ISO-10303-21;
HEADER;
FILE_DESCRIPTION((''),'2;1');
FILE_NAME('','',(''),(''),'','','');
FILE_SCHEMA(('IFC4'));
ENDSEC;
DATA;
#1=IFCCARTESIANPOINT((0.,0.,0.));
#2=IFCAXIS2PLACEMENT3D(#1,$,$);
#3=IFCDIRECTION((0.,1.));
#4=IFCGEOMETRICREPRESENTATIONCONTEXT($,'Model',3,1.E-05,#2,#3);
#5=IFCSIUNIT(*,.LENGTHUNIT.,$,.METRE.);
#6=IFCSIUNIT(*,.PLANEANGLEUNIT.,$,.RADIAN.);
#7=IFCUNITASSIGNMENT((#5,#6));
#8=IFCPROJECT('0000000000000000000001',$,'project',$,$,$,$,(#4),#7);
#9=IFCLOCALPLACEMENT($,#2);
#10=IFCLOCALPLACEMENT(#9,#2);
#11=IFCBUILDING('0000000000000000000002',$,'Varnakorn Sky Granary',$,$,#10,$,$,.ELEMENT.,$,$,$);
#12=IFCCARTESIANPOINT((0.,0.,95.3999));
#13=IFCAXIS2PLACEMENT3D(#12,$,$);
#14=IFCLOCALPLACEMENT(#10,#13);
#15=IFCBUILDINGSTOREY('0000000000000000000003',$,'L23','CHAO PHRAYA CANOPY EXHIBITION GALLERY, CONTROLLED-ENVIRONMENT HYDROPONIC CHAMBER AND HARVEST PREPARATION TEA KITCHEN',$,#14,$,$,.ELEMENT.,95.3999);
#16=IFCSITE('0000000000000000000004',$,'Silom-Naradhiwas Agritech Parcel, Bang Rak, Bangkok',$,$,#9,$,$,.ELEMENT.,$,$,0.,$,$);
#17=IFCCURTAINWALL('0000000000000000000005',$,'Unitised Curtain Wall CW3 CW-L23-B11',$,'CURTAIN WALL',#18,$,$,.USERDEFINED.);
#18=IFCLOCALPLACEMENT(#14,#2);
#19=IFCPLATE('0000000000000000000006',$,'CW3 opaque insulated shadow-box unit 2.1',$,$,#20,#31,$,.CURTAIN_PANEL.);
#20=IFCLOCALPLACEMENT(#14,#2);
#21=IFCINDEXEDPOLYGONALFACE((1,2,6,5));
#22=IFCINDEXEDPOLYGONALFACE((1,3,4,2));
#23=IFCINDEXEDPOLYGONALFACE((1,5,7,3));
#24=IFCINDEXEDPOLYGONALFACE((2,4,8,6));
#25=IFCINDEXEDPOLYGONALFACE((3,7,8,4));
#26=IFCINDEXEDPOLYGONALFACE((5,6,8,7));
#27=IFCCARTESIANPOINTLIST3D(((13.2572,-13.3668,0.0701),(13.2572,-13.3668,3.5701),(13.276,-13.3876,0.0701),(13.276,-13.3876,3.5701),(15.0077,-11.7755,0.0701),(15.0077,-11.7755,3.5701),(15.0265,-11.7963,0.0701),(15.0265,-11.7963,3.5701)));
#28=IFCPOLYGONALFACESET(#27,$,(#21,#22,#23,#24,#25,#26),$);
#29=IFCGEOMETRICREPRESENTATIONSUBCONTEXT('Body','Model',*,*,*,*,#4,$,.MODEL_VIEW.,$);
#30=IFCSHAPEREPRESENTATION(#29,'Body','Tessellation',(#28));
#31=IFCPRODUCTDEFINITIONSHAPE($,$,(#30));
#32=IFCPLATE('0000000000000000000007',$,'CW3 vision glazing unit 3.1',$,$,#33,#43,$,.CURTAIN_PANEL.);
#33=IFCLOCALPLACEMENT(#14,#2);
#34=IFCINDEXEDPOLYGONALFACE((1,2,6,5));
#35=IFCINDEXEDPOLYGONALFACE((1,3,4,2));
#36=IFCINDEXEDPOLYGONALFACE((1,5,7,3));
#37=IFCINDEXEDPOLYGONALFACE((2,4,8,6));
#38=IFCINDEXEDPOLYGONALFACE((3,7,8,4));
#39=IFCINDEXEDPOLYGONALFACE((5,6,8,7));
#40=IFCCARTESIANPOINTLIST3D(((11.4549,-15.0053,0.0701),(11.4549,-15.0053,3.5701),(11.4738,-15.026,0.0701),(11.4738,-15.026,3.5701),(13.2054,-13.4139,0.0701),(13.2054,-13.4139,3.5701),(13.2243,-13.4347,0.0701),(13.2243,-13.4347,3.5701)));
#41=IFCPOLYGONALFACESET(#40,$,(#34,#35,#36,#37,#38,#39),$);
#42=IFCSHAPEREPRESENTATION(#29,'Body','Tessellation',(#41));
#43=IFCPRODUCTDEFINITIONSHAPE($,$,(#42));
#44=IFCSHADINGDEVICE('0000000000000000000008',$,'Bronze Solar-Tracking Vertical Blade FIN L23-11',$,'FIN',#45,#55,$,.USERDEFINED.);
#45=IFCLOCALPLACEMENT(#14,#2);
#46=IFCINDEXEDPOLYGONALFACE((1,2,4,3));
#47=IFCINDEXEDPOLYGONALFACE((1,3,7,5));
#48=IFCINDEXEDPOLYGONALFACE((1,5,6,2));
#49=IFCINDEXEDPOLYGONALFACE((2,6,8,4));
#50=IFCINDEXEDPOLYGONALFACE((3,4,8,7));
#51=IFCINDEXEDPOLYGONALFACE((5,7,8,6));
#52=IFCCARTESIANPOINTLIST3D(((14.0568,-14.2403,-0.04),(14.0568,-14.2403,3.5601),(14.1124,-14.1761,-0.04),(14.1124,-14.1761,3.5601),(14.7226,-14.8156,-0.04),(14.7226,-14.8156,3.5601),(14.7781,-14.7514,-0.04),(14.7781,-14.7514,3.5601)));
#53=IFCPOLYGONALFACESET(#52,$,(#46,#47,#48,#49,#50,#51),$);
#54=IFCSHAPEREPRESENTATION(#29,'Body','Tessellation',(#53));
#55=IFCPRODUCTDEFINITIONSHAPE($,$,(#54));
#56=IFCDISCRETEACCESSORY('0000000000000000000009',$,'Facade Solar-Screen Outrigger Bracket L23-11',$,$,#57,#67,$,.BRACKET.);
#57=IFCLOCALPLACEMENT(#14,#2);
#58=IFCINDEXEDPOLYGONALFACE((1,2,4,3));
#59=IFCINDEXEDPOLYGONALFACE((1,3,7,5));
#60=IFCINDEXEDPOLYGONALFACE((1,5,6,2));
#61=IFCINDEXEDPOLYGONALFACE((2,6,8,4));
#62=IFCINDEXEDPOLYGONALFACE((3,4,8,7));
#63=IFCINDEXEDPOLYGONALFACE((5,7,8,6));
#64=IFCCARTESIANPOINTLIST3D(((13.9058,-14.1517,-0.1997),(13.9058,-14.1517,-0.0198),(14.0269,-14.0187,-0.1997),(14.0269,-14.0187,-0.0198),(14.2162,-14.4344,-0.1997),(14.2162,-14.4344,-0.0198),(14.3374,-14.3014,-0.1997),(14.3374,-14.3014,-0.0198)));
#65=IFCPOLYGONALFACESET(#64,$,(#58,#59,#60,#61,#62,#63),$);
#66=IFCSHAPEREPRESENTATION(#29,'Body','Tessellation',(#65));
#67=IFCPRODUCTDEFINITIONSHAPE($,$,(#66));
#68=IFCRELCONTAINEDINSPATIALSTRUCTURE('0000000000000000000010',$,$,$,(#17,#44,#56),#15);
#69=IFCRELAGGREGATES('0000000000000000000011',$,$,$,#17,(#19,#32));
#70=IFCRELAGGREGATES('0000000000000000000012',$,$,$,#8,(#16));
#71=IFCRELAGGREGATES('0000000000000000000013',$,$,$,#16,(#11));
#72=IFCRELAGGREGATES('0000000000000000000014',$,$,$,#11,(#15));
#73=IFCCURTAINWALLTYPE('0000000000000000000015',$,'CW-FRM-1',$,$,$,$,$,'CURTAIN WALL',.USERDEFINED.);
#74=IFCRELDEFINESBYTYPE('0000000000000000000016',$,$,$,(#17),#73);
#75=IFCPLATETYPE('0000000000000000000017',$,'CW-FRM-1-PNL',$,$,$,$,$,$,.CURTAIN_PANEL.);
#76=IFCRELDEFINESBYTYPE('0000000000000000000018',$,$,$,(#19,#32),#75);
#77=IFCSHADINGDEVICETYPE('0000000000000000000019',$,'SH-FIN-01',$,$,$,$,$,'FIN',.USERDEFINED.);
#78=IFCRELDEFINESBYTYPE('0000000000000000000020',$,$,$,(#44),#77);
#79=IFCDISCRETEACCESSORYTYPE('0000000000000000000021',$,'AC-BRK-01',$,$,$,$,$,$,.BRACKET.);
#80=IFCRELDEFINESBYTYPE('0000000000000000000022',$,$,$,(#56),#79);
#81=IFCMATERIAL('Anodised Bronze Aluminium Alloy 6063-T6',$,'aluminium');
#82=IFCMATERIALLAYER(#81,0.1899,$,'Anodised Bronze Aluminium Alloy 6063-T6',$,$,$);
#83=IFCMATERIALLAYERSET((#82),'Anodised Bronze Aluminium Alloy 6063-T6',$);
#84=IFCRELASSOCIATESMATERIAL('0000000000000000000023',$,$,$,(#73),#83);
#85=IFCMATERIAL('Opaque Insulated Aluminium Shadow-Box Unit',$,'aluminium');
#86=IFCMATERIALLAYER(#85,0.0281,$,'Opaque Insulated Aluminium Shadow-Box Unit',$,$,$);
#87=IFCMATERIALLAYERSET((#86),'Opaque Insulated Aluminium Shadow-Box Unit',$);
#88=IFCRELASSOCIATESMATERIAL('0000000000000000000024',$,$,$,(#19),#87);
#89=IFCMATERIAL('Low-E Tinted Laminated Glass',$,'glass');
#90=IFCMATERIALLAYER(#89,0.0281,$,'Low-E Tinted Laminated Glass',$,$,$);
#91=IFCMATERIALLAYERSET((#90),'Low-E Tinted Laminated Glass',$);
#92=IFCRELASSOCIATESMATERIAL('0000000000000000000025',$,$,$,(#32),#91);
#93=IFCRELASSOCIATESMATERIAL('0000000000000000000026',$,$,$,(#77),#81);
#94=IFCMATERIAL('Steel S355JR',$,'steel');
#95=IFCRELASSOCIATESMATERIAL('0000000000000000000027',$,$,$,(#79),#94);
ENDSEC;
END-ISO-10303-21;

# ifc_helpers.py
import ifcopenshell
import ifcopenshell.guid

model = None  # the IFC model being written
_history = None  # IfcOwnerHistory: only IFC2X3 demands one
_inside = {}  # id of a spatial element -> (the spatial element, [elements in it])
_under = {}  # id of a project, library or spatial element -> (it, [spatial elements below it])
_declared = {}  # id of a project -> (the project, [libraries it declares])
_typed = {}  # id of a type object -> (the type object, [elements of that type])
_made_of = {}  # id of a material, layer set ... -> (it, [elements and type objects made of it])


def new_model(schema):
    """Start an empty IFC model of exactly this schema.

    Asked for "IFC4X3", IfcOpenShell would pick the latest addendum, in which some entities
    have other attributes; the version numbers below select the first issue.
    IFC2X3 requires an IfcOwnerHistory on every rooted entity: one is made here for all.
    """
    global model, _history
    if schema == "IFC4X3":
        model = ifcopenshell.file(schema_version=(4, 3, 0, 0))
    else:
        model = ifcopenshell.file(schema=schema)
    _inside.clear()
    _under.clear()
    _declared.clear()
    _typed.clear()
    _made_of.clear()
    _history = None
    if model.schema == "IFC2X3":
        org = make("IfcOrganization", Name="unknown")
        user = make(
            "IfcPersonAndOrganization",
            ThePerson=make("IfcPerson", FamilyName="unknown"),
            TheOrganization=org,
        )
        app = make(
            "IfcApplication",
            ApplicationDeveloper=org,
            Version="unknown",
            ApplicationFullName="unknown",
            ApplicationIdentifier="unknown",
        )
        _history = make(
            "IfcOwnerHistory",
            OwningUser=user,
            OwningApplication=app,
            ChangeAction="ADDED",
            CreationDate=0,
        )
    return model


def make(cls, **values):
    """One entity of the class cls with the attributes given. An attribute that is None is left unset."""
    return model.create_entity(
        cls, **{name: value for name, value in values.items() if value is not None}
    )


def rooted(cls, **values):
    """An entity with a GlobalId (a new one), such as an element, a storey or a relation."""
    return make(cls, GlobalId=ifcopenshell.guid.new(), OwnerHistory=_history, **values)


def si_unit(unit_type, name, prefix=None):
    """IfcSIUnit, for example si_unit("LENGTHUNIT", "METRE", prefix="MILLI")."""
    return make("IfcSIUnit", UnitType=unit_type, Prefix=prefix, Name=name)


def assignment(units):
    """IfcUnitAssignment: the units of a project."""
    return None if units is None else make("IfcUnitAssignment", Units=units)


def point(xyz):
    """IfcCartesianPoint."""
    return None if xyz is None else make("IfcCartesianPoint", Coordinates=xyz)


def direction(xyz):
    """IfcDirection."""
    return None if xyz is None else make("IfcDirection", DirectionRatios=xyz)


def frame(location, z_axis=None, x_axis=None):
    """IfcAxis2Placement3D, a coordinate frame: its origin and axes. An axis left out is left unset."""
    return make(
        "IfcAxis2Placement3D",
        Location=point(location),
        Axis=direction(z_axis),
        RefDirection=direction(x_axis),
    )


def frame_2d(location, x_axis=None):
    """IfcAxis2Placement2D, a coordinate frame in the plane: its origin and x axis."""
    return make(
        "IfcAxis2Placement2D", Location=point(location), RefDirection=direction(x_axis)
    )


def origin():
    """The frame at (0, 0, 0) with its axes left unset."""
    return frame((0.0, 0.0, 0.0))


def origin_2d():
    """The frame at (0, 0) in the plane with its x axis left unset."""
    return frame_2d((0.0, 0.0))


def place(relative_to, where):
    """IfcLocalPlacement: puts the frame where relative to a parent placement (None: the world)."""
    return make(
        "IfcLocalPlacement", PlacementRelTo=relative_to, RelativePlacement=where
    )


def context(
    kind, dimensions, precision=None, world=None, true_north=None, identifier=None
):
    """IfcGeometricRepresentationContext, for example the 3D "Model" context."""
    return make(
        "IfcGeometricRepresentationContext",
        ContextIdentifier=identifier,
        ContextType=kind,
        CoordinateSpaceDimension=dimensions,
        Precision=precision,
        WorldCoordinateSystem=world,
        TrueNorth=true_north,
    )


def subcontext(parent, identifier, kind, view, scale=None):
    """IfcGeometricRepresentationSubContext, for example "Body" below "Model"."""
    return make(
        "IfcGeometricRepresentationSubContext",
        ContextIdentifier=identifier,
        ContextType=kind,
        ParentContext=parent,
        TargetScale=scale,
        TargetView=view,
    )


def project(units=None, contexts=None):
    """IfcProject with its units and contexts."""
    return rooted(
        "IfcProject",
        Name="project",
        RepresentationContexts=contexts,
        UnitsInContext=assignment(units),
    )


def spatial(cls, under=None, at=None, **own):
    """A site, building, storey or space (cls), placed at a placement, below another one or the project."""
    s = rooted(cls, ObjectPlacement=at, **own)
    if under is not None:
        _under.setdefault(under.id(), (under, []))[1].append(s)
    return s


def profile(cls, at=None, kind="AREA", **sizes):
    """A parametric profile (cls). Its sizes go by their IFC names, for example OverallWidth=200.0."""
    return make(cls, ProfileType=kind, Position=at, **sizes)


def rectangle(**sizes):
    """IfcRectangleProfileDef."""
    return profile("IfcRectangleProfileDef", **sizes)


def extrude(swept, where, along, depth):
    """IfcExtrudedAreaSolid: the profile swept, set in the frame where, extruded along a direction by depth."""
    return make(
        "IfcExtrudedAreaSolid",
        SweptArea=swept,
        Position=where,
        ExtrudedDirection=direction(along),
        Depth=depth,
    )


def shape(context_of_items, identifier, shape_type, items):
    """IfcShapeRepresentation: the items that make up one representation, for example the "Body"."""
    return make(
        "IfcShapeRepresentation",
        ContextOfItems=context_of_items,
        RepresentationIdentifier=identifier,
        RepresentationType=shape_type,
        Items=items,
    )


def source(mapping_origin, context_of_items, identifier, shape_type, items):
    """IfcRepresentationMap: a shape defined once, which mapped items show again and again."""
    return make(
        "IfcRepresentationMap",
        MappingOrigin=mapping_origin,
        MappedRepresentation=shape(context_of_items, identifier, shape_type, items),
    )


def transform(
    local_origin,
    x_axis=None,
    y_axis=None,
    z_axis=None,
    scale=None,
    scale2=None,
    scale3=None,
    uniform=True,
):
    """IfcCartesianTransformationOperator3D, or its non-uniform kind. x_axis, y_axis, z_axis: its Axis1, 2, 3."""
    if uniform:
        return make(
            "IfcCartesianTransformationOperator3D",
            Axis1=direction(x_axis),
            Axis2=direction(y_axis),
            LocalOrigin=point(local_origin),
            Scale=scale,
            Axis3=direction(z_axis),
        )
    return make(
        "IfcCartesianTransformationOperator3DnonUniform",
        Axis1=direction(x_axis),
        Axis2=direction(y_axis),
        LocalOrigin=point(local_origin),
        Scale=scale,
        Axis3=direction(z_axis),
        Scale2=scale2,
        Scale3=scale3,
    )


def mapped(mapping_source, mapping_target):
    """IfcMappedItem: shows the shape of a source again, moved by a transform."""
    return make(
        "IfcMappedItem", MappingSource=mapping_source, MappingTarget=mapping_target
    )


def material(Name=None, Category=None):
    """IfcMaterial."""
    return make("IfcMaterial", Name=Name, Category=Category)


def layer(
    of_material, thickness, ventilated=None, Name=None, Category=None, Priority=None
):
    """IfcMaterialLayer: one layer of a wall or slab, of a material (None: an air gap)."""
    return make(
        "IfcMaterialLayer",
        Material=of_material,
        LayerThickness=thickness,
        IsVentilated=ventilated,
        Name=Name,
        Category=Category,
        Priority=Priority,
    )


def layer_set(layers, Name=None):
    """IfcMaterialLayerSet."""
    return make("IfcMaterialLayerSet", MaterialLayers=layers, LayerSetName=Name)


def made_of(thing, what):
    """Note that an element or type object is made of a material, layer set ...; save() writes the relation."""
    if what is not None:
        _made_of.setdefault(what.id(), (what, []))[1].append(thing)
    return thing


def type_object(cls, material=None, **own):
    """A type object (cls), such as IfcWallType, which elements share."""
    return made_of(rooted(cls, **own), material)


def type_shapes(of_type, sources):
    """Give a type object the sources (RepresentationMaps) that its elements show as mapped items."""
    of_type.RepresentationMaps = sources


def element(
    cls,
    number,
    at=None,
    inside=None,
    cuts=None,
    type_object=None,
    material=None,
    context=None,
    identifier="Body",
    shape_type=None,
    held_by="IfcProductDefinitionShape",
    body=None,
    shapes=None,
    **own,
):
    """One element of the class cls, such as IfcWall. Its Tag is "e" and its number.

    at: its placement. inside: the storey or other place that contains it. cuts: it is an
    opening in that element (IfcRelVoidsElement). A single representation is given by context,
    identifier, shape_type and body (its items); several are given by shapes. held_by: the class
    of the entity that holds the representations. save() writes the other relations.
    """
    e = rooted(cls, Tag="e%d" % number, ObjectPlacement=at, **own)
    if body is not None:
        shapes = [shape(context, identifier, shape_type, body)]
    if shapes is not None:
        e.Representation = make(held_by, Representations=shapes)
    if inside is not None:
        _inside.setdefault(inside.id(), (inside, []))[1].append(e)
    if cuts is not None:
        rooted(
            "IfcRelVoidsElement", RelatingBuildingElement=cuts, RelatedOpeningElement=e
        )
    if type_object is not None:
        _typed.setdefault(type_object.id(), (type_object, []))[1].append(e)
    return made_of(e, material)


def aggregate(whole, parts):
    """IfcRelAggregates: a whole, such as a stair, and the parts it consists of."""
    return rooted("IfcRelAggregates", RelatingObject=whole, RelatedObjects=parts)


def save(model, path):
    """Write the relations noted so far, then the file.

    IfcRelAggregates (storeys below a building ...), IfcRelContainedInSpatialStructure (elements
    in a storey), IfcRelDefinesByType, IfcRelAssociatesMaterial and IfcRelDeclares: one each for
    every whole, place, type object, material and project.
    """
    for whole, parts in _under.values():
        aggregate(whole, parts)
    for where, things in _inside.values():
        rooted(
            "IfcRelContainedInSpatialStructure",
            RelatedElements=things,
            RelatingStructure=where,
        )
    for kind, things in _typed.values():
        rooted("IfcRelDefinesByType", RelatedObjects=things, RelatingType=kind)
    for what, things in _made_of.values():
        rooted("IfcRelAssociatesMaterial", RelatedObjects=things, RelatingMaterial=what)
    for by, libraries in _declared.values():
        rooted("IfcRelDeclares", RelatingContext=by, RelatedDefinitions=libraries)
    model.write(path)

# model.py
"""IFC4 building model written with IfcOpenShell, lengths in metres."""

from ifc_helpers import new_model, si_unit, direction, frame, origin, origin_2d, place, context, subcontext, project, spatial, rectangle, extrude, source, transform, mapped, material, layer, layer_set, type_object, type_shapes, element, aggregate, save


model = new_model("IFC4")

# Units and contexts
model_context = context("Model", 3, precision=1e-05, world=origin(), true_north=direction((0.0, 1.0)))
body_context = subcontext(model_context, "Body", "Model", "MODEL_VIEW")
ifc_project = project(units=[si_unit("LENGTHUNIT", "METRE"), si_unit("PLANEANGLEUNIT", "RADIAN")], contexts=[model_context])

# Site, building, storey
site_placement = place(None, origin())
site = spatial("IfcSite", under=ifc_project, at=site_placement, Name="Silom-Naradhiwas Agritech Parcel, Bang Rak, Bangkok", CompositionType="ELEMENT", RefElevation=0.0)
building_placement = place(site_placement, origin())
building = spatial("IfcBuilding", under=site, at=building_placement, Name="Varnakorn Sky Granary", CompositionType="ELEMENT")
storey_placement = place(building_placement, frame((0.0, 0.0, 95.3999)))
storey = spatial("IfcBuildingStorey", under=building, at=storey_placement, Name="L23", Description="CHAO PHRAYA CANOPY EXHIBITION GALLERY, CONTROLLED-ENVIRONMENT HYDROPONIC CHAMBER AND HARVEST PREPARATION TEA KITCHEN", CompositionType="ELEMENT", Elevation=95.3999)

# Shared definitions
ifc_material_1 = material(Name="Steel S355JR", Category="steel")

# Shared definitions
ifc_material_2 = material(Name="Anodised Bronze Aluminium Alloy 6063-T6", Category="aluminium")
ifc_layer_1 = layer(ifc_material_2, 0.1899, Name="Anodised Bronze Aluminium Alloy 6063-T6")
ifc_layer_set_1 = layer_set([ifc_layer_1], Name="Anodised Bronze Aluminium Alloy 6063-T6")
curtain_wall_type = type_object("IfcCurtainWallType", Name="CW-FRM-1", ElementType="CURTAIN WALL", PredefinedType="USERDEFINED", material=ifc_layer_set_1)

# Curtain wall
curtain_wall_1_placement = place(storey_placement, origin())
curtain_wall_1 = element("IfcCurtainWall", 1, at=curtain_wall_1_placement, inside=storey, type_object=curtain_wall_type, Name="Unitised Curtain Wall CW3 CW-L23-B11", ObjectType="CURTAIN WALL", PredefinedType="USERDEFINED")

# Plates
ifc_material_3 = material(Name="Low-E Tinted Laminated Glass", Category="glass")
ifc_layer_2 = layer(ifc_material_3, 0.0281, Name="Low-E Tinted Laminated Glass")
ifc_layer_set_2 = layer_set([ifc_layer_2], Name="Low-E Tinted Laminated Glass")
plate_type = type_object("IfcPlateType", Name="CW-FRM-1-PNL", PredefinedType="CURTAIN_PANEL")
ifc_material_4 = material(Name="Opaque Insulated Aluminium Shadow-Box Unit", Category="aluminium")
ifc_layer_3 = layer(ifc_material_4, 0.0281, Name="Opaque Insulated Aluminium Shadow-Box Unit")
ifc_layer_set_3 = layer_set([ifc_layer_3], Name="Opaque Insulated Aluminium Shadow-Box Unit")
shared_shape_1 = source(origin(), body_context, "Body", "SweptSolid", [
    extrude(rectangle(XDim=2.3657, YDim=0.0281, at=origin_2d()), origin(), (0.0, 0.0, 1.0), 3.5),
])
plate_1_placement = place(storey_placement, frame((14.1418, -12.5815, 0.0701), z_axis=(0.0, 0.0, 1.0), x_axis=(-0.739941, -0.672672, 0.0)))
plate_1 = element("IfcPlate", 2, at=plate_1_placement, type_object=plate_type, material=ifc_layer_set_3, Name="CW3 opaque insulated shadow-box unit 2.1", PredefinedType="CURTAIN_PANEL", context=body_context, shape_type="MappedRepresentation", body=[
    mapped(shared_shape_1, transform((0.0, 0.0, 0.0), x_axis=(1.0, 0.0, 0.0), y_axis=(0.0, 1.0, 0.0), z_axis=(0.0, 0.0, 1.0), scale=1.0)),
])
plate_2_placement = place(storey_placement, frame((12.3396, -14.22, 0.0701), z_axis=(0.0, 0.0, 1.0), x_axis=(-0.739941, -0.672672, 0.0)))
plate_2 = element("IfcPlate", 3, at=plate_2_placement, type_object=plate_type, material=ifc_layer_set_2, Name="CW3 vision glazing unit 3.1", PredefinedType="CURTAIN_PANEL", context=body_context, shape_type="MappedRepresentation", body=[
    mapped(shared_shape_1, transform((0.0, 0.0, 0.0), x_axis=(1.0, 0.0, 0.0), y_axis=(0.0, 1.0, 0.0), z_axis=(0.0, 0.0, 1.0), scale=1.0)),
])
aggregate(curtain_wall_1, [plate_1, plate_2])

# Shading device
shading_device_type = type_object("IfcShadingDeviceType", Name="SH-FIN-01", ElementType="FIN", PredefinedType="USERDEFINED", material=ifc_material_2)
shared_shape_2 = source(origin(), body_context, "Body", "SweptSolid", [
    extrude(rectangle(XDim=0.085, YDim=0.8799, at=origin_2d()), origin(), (0.0, 0.0, 1.0), 3.6001),
])
type_shapes(shading_device_type, [shared_shape_2])
shading_device_placement = place(storey_placement, frame((14.4175, -14.4958, -0.04), z_axis=(0.0, 0.0, 1.0), x_axis=(0.653832, 0.756639, 0.0)))
element("IfcShadingDevice", 4, at=shading_device_placement, inside=storey, type_object=shading_device_type, Name="Bronze Solar-Tracking Vertical Blade FIN L23-11", ObjectType="FIN", PredefinedType="USERDEFINED", context=body_context, shape_type="MappedRepresentation", body=[
    mapped(shared_shape_2, transform((0.0, 0.0, 0.0), x_axis=(1.0, 0.0, 0.0), y_axis=(0.0, 1.0, 0.0), z_axis=(0.0, 0.0, 1.0), scale=1.0)),
])

# Discrete accessory
discrete_accessory_type = type_object("IfcDiscreteAccessoryType", Name="AC-BRK-01", PredefinedType="BRACKET", material=ifc_material_1)
shared_shape_3 = source(origin(), body_context, "Body", "SweptSolid", [
    extrude(rectangle(XDim=0.1799, YDim=0.4199, at=origin_2d()), origin(), (0.0, 0.0, 1.0), 0.1799),
])
type_shapes(discrete_accessory_type, [shared_shape_3])
discrete_accessory_placement = place(storey_placement, frame((14.1216, -14.2266, -0.1997), z_axis=(0.0, 0.0, 1.0), x_axis=(0.673319, 0.739352, 0.0)))
element("IfcDiscreteAccessory", 5, at=discrete_accessory_placement, inside=storey, type_object=discrete_accessory_type, Name="Facade Solar-Screen Outrigger Bracket L23-11", PredefinedType="BRACKET", context=body_context, shape_type="MappedRepresentation", body=[
    mapped(shared_shape_3, transform((0.0, 0.0, 0.0), x_axis=(1.0, 0.0, 0.0), y_axis=(0.0, 1.0, 0.0), z_axis=(0.0, 0.0, 1.0), scale=1.0)),
])

save(model, "model.ifc")
